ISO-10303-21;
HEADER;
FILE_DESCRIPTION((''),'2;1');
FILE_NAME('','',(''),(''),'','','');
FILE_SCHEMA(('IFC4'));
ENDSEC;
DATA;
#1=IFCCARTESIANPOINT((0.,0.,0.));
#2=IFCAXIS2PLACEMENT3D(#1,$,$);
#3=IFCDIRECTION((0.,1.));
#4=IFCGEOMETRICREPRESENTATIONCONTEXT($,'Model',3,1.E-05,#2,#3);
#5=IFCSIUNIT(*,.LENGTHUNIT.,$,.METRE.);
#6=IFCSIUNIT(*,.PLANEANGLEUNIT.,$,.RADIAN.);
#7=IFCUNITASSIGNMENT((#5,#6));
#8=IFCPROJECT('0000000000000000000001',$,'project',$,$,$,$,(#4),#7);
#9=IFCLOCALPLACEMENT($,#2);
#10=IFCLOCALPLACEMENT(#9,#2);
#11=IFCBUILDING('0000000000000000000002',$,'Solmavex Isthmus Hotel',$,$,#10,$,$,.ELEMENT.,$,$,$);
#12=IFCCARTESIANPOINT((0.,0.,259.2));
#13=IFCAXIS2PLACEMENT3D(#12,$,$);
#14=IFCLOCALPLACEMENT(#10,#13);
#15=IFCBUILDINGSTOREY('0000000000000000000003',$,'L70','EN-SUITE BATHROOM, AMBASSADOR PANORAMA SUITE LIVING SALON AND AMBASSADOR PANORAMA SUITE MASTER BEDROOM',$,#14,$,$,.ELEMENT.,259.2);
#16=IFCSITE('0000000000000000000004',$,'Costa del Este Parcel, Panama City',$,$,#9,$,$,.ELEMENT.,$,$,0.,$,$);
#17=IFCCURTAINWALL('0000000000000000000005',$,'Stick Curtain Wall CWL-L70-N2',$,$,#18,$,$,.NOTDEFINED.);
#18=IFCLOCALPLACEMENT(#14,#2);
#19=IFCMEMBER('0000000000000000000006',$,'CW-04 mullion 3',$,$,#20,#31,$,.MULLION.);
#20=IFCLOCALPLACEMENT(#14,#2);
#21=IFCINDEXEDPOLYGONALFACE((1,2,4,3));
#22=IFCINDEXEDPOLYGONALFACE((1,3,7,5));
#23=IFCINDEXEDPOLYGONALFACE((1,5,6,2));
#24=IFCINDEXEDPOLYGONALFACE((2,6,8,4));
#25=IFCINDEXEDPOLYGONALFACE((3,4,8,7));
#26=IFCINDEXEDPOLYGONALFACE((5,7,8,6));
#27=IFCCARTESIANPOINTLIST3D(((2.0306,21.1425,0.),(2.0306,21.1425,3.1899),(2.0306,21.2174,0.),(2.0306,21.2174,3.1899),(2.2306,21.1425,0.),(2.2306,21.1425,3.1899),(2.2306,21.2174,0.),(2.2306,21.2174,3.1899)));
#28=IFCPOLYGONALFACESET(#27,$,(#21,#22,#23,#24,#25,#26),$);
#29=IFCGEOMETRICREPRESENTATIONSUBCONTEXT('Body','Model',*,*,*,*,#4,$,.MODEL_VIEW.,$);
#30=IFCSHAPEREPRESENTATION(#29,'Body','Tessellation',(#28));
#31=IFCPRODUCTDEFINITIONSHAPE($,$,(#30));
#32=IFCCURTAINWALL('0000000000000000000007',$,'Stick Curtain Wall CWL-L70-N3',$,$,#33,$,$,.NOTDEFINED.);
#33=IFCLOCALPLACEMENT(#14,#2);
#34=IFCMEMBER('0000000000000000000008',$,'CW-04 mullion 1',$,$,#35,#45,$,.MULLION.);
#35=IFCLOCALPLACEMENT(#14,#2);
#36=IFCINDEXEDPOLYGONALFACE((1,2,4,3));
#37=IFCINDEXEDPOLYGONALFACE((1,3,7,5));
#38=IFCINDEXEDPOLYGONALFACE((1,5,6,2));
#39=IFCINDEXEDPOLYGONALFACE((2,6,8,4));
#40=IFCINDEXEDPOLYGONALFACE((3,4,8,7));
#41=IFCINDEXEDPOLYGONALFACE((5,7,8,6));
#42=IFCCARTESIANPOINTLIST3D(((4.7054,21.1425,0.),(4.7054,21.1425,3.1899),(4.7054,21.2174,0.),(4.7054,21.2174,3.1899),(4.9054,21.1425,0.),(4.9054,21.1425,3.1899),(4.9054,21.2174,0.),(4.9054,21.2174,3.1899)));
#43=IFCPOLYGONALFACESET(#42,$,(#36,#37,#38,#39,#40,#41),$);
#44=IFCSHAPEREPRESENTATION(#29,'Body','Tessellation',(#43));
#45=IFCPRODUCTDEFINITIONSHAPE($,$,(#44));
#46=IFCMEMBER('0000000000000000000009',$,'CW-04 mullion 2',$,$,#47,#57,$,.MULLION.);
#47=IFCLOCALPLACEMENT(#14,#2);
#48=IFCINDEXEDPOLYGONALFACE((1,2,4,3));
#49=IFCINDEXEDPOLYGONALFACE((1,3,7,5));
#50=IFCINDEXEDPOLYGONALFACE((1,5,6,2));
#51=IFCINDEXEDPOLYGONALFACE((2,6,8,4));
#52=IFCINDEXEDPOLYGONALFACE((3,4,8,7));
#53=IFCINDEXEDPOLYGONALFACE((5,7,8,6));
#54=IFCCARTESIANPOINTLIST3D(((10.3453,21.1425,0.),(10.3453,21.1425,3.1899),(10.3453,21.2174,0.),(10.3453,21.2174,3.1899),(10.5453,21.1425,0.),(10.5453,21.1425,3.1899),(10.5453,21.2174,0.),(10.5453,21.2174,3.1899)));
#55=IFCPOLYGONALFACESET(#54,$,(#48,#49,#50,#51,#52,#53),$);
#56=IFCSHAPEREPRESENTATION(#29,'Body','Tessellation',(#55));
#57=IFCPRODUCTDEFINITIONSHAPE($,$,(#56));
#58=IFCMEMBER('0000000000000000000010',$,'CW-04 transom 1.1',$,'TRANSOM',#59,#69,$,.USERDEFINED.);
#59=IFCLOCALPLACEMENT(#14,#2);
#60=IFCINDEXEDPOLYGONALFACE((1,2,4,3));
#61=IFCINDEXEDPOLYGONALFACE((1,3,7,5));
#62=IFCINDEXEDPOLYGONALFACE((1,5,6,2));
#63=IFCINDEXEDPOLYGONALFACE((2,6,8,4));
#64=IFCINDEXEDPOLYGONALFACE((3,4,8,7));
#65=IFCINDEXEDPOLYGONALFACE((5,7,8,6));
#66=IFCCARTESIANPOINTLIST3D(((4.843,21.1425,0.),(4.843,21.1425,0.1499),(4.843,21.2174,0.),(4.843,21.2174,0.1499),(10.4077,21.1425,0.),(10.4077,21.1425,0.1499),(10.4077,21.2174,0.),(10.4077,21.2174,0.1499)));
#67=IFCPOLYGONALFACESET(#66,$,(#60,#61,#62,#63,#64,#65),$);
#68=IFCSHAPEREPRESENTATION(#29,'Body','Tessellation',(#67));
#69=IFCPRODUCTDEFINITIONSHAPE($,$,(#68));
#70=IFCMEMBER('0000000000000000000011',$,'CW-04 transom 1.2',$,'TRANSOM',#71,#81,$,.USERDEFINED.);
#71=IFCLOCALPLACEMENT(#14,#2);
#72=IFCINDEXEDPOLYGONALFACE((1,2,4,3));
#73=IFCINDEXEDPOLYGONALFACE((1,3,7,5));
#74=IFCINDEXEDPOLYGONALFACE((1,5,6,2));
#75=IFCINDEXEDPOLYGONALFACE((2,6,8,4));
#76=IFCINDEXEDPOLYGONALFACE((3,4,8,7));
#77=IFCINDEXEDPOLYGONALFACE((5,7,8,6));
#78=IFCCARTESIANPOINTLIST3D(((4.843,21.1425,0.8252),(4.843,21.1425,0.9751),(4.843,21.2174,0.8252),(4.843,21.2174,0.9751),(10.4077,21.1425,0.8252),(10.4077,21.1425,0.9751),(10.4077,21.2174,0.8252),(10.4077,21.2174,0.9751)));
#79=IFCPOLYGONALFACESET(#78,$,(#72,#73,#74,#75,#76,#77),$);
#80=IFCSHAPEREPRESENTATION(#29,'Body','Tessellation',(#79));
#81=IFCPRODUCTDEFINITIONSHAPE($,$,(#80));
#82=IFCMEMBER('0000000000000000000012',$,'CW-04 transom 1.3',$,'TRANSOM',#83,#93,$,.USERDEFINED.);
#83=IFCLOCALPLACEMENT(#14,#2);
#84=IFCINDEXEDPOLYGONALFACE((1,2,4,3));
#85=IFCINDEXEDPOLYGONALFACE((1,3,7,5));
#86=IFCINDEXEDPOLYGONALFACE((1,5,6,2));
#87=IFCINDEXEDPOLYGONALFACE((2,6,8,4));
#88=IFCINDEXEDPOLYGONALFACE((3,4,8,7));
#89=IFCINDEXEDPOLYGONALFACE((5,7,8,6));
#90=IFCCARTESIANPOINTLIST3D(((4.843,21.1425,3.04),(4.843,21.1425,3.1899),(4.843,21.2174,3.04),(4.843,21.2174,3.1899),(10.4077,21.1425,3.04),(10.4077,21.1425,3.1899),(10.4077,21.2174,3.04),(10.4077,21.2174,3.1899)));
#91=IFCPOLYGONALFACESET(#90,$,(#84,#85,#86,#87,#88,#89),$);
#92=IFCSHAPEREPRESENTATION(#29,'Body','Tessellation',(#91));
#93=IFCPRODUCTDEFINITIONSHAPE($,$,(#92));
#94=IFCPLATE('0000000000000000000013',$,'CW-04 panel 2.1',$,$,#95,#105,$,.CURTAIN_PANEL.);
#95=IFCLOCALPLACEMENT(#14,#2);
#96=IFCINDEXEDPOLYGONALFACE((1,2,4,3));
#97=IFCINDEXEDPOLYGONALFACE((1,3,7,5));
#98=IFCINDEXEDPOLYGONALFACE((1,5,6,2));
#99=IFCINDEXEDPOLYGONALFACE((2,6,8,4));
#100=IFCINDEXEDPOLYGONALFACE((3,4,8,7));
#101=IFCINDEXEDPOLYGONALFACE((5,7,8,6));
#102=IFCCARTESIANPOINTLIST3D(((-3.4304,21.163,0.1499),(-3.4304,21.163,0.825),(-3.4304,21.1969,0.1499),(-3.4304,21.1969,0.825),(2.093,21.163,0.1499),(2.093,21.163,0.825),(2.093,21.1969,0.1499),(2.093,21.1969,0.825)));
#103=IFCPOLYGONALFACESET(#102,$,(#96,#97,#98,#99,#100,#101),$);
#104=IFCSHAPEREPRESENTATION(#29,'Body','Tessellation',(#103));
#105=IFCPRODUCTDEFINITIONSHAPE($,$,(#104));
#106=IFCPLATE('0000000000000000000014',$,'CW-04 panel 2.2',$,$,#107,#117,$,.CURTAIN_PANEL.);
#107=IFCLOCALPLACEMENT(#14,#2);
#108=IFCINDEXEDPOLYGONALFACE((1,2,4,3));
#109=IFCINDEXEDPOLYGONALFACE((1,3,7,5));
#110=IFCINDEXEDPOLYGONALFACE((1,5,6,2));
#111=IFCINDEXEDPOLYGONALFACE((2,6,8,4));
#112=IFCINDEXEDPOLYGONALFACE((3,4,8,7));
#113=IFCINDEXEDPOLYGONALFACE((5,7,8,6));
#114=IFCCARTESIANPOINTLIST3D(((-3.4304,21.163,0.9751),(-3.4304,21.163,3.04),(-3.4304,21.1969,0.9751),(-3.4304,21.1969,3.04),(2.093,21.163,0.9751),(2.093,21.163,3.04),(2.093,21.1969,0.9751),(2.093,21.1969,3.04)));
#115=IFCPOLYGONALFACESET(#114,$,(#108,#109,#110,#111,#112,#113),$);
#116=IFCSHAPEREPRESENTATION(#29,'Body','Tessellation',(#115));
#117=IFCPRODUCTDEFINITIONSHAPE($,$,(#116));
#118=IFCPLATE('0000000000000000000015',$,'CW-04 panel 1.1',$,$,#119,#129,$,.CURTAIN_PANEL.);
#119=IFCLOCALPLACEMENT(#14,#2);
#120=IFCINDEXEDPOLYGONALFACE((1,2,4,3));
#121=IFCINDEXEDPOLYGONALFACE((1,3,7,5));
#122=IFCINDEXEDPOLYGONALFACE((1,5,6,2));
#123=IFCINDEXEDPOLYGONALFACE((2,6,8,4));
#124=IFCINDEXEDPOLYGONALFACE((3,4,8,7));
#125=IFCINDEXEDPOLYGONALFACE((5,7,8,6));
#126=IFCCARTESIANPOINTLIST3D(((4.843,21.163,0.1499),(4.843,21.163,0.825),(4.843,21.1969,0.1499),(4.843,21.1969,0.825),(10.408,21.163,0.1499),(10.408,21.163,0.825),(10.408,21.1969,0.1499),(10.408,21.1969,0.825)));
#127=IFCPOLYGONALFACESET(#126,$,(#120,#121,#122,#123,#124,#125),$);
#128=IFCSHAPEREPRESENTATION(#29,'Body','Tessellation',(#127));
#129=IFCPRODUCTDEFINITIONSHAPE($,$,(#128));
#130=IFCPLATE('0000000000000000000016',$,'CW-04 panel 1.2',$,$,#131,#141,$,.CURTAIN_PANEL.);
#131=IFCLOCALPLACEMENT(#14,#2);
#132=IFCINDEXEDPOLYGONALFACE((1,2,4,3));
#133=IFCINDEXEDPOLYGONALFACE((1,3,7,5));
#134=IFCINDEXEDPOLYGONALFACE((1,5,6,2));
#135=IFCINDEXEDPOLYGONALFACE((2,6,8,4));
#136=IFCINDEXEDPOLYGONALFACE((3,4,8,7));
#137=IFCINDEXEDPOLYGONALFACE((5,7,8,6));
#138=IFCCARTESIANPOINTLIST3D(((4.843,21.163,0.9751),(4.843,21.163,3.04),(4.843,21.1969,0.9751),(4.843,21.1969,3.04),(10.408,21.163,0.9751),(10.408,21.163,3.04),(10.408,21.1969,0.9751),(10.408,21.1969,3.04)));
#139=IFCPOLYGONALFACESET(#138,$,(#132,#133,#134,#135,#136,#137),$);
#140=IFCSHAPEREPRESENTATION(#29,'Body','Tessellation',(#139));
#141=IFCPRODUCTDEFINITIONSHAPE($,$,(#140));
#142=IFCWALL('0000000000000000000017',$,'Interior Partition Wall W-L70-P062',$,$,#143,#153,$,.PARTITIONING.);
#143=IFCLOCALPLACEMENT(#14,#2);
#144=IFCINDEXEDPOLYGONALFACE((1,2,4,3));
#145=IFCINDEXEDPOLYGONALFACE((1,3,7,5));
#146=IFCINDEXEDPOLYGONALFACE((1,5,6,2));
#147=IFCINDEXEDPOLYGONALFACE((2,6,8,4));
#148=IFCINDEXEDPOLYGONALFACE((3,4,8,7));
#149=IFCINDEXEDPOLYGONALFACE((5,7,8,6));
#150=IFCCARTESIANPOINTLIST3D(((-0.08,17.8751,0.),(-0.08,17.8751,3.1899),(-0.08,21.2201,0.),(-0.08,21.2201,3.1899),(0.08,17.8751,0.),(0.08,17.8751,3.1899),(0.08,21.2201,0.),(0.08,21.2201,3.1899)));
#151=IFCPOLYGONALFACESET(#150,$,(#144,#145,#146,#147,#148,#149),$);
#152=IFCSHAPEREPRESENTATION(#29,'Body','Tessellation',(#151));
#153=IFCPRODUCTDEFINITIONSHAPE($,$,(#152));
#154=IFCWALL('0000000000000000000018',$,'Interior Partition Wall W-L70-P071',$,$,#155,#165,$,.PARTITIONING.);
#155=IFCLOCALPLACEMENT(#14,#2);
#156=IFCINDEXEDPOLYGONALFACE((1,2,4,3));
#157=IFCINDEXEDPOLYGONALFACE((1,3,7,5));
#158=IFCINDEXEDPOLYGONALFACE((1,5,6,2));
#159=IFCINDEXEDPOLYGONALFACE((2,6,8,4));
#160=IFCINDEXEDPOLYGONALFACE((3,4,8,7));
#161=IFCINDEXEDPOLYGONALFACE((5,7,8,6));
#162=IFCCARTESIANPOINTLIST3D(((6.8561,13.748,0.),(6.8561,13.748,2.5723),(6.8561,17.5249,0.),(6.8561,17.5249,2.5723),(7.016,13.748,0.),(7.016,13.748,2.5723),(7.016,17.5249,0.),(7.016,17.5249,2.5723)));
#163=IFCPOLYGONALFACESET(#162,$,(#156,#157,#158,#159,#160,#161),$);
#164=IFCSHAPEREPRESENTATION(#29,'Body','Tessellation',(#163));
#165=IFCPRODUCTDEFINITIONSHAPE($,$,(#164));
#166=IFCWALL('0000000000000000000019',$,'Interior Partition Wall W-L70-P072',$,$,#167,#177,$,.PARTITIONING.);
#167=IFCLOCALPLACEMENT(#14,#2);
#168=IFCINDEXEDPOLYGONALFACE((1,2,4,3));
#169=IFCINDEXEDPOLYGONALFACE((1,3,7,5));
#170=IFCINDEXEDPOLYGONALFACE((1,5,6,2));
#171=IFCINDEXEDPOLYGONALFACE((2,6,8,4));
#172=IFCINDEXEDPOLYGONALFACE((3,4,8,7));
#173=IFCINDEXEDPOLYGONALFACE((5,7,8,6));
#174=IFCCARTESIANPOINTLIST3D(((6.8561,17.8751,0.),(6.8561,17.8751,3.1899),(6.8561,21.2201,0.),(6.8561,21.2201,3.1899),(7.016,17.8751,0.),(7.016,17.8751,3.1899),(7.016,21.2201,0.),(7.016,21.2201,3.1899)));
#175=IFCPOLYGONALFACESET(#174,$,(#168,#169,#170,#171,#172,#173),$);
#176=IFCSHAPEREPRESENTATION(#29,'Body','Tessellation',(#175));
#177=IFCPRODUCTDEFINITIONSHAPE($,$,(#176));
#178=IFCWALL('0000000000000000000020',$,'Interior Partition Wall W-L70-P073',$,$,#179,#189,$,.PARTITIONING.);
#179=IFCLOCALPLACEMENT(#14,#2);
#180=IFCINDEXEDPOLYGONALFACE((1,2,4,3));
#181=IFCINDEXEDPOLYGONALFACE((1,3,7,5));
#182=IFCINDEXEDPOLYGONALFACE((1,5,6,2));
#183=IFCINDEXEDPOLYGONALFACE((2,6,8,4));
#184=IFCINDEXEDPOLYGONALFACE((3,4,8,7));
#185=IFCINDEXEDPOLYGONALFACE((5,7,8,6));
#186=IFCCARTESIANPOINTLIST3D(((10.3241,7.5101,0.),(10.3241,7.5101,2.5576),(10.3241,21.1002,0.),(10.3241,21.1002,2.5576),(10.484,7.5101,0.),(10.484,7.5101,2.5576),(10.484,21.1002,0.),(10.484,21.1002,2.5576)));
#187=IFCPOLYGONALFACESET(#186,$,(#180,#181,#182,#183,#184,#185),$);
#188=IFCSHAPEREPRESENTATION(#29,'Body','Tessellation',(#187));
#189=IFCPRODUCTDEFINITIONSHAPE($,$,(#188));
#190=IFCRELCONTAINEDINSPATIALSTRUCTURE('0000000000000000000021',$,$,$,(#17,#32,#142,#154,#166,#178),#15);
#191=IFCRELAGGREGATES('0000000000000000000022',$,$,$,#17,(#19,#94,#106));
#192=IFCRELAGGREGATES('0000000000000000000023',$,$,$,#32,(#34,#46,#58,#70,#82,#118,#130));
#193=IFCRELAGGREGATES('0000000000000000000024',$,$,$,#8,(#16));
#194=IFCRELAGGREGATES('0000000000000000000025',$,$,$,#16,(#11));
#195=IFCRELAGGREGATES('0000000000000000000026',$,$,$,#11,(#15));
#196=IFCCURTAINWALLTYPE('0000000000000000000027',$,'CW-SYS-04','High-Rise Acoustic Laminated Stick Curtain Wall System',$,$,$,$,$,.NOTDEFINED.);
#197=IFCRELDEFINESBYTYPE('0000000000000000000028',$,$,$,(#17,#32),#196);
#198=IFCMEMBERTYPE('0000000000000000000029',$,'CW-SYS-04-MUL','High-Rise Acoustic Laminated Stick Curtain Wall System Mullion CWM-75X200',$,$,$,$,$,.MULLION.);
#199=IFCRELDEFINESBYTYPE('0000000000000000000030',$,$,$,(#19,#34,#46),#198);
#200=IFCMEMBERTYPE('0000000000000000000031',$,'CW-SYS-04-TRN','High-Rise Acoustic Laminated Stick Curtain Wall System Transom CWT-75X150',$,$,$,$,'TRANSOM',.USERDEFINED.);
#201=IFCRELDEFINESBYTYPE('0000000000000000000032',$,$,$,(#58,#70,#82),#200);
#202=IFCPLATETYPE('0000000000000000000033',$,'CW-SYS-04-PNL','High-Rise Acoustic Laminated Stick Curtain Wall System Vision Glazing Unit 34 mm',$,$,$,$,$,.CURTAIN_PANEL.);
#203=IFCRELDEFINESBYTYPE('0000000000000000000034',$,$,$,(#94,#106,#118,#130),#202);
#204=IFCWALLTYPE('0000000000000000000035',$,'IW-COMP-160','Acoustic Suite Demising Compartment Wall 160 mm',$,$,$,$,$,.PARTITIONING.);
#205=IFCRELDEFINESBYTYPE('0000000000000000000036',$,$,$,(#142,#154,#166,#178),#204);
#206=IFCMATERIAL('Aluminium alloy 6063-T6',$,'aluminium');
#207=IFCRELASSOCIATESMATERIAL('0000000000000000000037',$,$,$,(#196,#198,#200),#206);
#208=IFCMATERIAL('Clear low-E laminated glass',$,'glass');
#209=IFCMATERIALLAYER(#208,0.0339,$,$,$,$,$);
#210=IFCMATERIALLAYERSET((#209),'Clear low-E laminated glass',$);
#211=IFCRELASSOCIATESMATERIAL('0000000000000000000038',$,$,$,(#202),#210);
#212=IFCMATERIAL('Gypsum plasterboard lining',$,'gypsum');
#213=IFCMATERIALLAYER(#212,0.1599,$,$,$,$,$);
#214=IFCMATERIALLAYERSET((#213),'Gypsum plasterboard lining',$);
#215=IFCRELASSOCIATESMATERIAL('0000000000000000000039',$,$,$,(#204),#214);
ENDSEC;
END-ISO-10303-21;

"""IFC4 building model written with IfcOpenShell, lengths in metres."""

from ifc_helpers import new_model, si_unit, direction, frame, frame_2d, origin, origin_2d, place, context, subcontext, project, spatial, rectangle, extrude, material, layer, layer_set, material_profile, profile_set, type_object, element, aggregate, save


model = new_model("IFC4")

# Units and contexts
model_context = context("Model", 3, precision=1e-05, world=origin(), true_north=direction((0.0, 1.0)))
body_context = subcontext(model_context, "Body", "Model", "MODEL_VIEW")
ifc_project = project(units=[si_unit("LENGTHUNIT", "METRE"), si_unit("PLANEANGLEUNIT", "RADIAN")], contexts=[model_context])

# Site, building, storey
site_placement = place(None, origin())
site = spatial("IfcSite", under=ifc_project, at=site_placement, Name="Costa del Este Parcel, Panama City", CompositionType="ELEMENT", RefElevation=0.0)
building_placement = place(site_placement, origin())
building = spatial("IfcBuilding", under=site, at=building_placement, Name="Solmavex Isthmus Hotel", CompositionType="ELEMENT")
storey_placement = place(building_placement, frame((0.0, 0.0, 259.2)))
storey = spatial("IfcBuildingStorey", under=building, at=storey_placement, Name="L70", Description="EN-SUITE BATHROOM, AMBASSADOR PANORAMA SUITE LIVING SALON AND AMBASSADOR PANORAMA SUITE MASTER BEDROOM", CompositionType="ELEMENT", Elevation=259.2)

# Curtain wall, member
ifc_material_1 = material(Name="Aluminium alloy 6063-T6", Category="aluminium")
curtain_wall_type = type_object("IfcCurtainWallType", Name="CW-SYS-04", Description="High-Rise Acoustic Laminated Stick Curtain Wall System", PredefinedType="NOTDEFINED", material=ifc_material_1)
curtain_wall_1_placement = place(storey_placement, origin())
curtain_wall_1 = element("IfcCurtainWall", 1, at=curtain_wall_1_placement, inside=storey, type_object=curtain_wall_type, Name="Stick Curtain Wall CWL-L70-N2", PredefinedType="NOTDEFINED")
ifc_material_profile_1 = material_profile(ifc_material_1, rectangle(XDim=0.075, YDim=0.2, at=origin_2d()), Name="CWM-75X200")
ifc_profile_set_1 = profile_set([ifc_material_profile_1], Name="Aluminium alloy 6063-T6")
member_type_1 = type_object("IfcMemberType", Name="CW-SYS-04-MUL", Description="High-Rise Acoustic Laminated Stick Curtain Wall System Mullion CWM-75X200", PredefinedType="MULLION", material=ifc_profile_set_1)
member_1_placement = place(storey_placement, frame((2.1306, 21.1799, 0.0), z_axis=(0.0, 0.0, 1.0), x_axis=(0.0, 1.0, 0.0)))
member_1 = element("IfcMember", 2, at=member_1_placement, type_object=member_type_1, Name="CW-04 mullion 3", PredefinedType="MULLION", context=body_context, shape_type="SweptSolid", body=[
    extrude(rectangle(XDim=0.075, YDim=0.2, at=origin_2d()), origin(), (0.0, 0.0, 1.0), 3.1899),
])

# Curtain wall, members
curtain_wall_2_placement = place(storey_placement, origin())
curtain_wall_2 = element("IfcCurtainWall", 3, at=curtain_wall_2_placement, inside=storey, type_object=curtain_wall_type, Name="Stick Curtain Wall CWL-L70-N3", PredefinedType="NOTDEFINED")
member_2_placement = place(storey_placement, frame((4.8054, 21.1799, 0.0), z_axis=(0.0, 0.0, 1.0), x_axis=(0.0, 1.0, 0.0)))
member_2 = element("IfcMember", 4, at=member_2_placement, type_object=member_type_1, Name="CW-04 mullion 1", PredefinedType="MULLION", context=body_context, shape_type="SweptSolid", body=[
    extrude(rectangle(XDim=0.075, YDim=0.2, at=origin_2d()), origin(), (0.0, 0.0, 1.0), 3.1899),
])
member_3_placement = place(storey_placement, frame((10.4453, 21.1799, 0.0), z_axis=(0.0, 0.0, 1.0), x_axis=(0.0, 1.0, 0.0)))
member_3 = element("IfcMember", 5, at=member_3_placement, type_object=member_type_1, Name="CW-04 mullion 2", PredefinedType="MULLION", context=body_context, shape_type="SweptSolid", body=[
    extrude(rectangle(XDim=0.075, YDim=0.2, at=origin_2d()), origin(), (0.0, 0.0, 1.0), 3.1899),
])
ifc_material_profile_2 = material_profile(ifc_material_1, rectangle(XDim=0.075, YDim=0.1499, at=origin_2d()), Name="CWT-75X150")
ifc_profile_set_2 = profile_set([ifc_material_profile_2], Name="Aluminium alloy 6063-T6")
member_type_2 = type_object("IfcMemberType", Name="CW-SYS-04-TRN", Description="High-Rise Acoustic Laminated Stick Curtain Wall System Transom CWT-75X150", ElementType="TRANSOM", PredefinedType="USERDEFINED", material=ifc_profile_set_2)
member_4_placement = place(storey_placement, frame((4.843, 21.1799, 0.075), z_axis=(1.0, 0.0, 0.0), x_axis=(0.0, 1.0, 0.0)))
member_4 = element("IfcMember", 6, at=member_4_placement, type_object=member_type_2, Name="CW-04 transom 1.1", ObjectType="TRANSOM", PredefinedType="USERDEFINED", context=body_context, shape_type="SweptSolid", body=[
    extrude(rectangle(XDim=0.075, YDim=0.1499, at=origin_2d()), origin(), (0.0, 0.0, 1.0), 5.5647),
])
member_5_placement = place(storey_placement, frame((4.843, 21.1799, 0.9001), z_axis=(1.0, 0.0, 0.0), x_axis=(0.0, 1.0, 0.0)))
member_5 = element("IfcMember", 7, at=member_5_placement, type_object=member_type_2, Name="CW-04 transom 1.2", ObjectType="TRANSOM", PredefinedType="USERDEFINED", context=body_context, shape_type="SweptSolid", body=[
    extrude(rectangle(XDim=0.075, YDim=0.1499, at=origin_2d()), origin(), (0.0, 0.0, 1.0), 5.5647),
])
member_6_placement = place(storey_placement, frame((4.843, 21.1799, 3.115), z_axis=(1.0, 0.0, 0.0), x_axis=(0.0, 1.0, 0.0)))
member_6 = element("IfcMember", 8, at=member_6_placement, type_object=member_type_2, Name="CW-04 transom 1.3", ObjectType="TRANSOM", PredefinedType="USERDEFINED", context=body_context, shape_type="SweptSolid", body=[
    extrude(rectangle(XDim=0.075, YDim=0.1499, at=origin_2d()), origin(), (0.0, 0.0, 1.0), 5.5647),
])

# Plates
ifc_material_2 = material(Name="Clear low-E laminated glass", Category="glass")
ifc_layer_1 = layer(ifc_material_2, 0.0339)
ifc_layer_set_1 = layer_set([ifc_layer_1], Name="Clear low-E laminated glass")
plate_type = type_object("IfcPlateType", Name="CW-SYS-04-PNL", Description="High-Rise Acoustic Laminated Stick Curtain Wall System Vision Glazing Unit 34 mm", PredefinedType="CURTAIN_PANEL", material=ifc_layer_set_1)
plate_1_placement = place(storey_placement, frame((-0.6687, 21.1799, 0.1499), z_axis=(0.0, 0.0, 1.0), x_axis=(1.0, 0.0, 0.0)))
plate_1 = element("IfcPlate", 9, at=plate_1_placement, type_object=plate_type, Name="CW-04 panel 2.1", PredefinedType="CURTAIN_PANEL", context=body_context, shape_type="SweptSolid", body=[
    extrude(rectangle(XDim=5.5234, YDim=0.0339, at=origin_2d()), origin(), (0.0, 0.0, 1.0), 0.675),
])
plate_2_placement = place(storey_placement, frame((-0.6687, 21.1799, 0.9751), z_axis=(0.0, 0.0, 1.0), x_axis=(1.0, 0.0, 0.0)))
plate_2 = element("IfcPlate", 10, at=plate_2_placement, type_object=plate_type, Name="CW-04 panel 2.2", PredefinedType="CURTAIN_PANEL", context=body_context, shape_type="SweptSolid", body=[
    extrude(rectangle(XDim=5.5234, YDim=0.0339, at=origin_2d()), origin(), (0.0, 0.0, 1.0), 2.0649),
])
aggregate(curtain_wall_1, [member_1, plate_1, plate_2])
plate_3_placement = place(storey_placement, frame((7.6255, 21.1799, 0.1499), z_axis=(0.0, 0.0, 1.0), x_axis=(1.0, 0.0, 0.0)))
plate_3 = element("IfcPlate", 11, at=plate_3_placement, type_object=plate_type, Name="CW-04 panel 1.1", PredefinedType="CURTAIN_PANEL", context=body_context, shape_type="SweptSolid", body=[
    extrude(rectangle(XDim=5.5649, YDim=0.0339, at=origin_2d()), origin(), (0.0, 0.0, 1.0), 0.675),
])
plate_4_placement = place(storey_placement, frame((7.6255, 21.1799, 0.9751), z_axis=(0.0, 0.0, 1.0), x_axis=(1.0, 0.0, 0.0)))
plate_4 = element("IfcPlate", 12, at=plate_4_placement, type_object=plate_type, Name="CW-04 panel 1.2", PredefinedType="CURTAIN_PANEL", context=body_context, shape_type="SweptSolid", body=[
    extrude(rectangle(XDim=5.5649, YDim=0.0339, at=origin_2d()), origin(), (0.0, 0.0, 1.0), 2.0649),
])
aggregate(curtain_wall_2, [member_2, member_3, member_4, member_5, member_6, plate_3, plate_4])

# Walls
ifc_material_3 = material(Name="Gypsum plasterboard lining", Category="gypsum")
ifc_layer_2 = layer(ifc_material_3, 0.1599)
ifc_layer_set_2 = layer_set([ifc_layer_2], Name="Gypsum plasterboard lining")
wall_type_1 = type_object("IfcWallType", Name="IW-COMP-160", Description="Acoustic Suite Demising Compartment Wall 160 mm", PredefinedType="PARTITIONING", material=ifc_layer_set_2)
wall_1_placement = place(storey_placement, frame((0.0, 21.22, 0.0), z_axis=(0.0, 0.0, 1.0), x_axis=(0.0, -1.0, 0.0)))
element("IfcWall", 13, at=wall_1_placement, inside=storey, type_object=wall_type_1, Name="Interior Partition Wall W-L70-P062", PredefinedType="PARTITIONING", context=body_context, shape_type="SweptSolid", body=[
    extrude(rectangle(XDim=3.345, YDim=0.1599, at=frame_2d((1.6724, 0.0))), origin(), (0.0, 0.0, 1.0), 3.1899),
])
wall_2_placement = place(storey_placement, frame((6.936, 17.5249, 0.0), z_axis=(0.0, 0.0, 1.0), x_axis=(0.0, -1.0, 0.0)))
element("IfcWall", 14, at=wall_2_placement, inside=storey, type_object=wall_type_1, Name="Interior Partition Wall W-L70-P071", PredefinedType="PARTITIONING", context=body_context, shape_type="SweptSolid", body=[
    extrude(rectangle(XDim=3.7769, YDim=0.1599, at=frame_2d((1.8884, 0.0))), origin(), (0.0, 0.0, 1.0), 2.5723),
])
wall_3_placement = place(storey_placement, frame((6.936, 21.22, 0.0), z_axis=(0.0, 0.0, 1.0), x_axis=(0.0, -1.0, 0.0)))
element("IfcWall", 15, at=wall_3_placement, inside=storey, type_object=wall_type_1, Name="Interior Partition Wall W-L70-P072", PredefinedType="PARTITIONING", context=body_context, shape_type="SweptSolid", body=[
    extrude(rectangle(XDim=3.345, YDim=0.1599, at=frame_2d((1.6724, 0.0))), origin(), (0.0, 0.0, 1.0), 3.1899),
])
wall_4_placement = place(storey_placement, frame((10.4041, 21.1001, 0.0), z_axis=(0.0, 0.0, 1.0), x_axis=(0.0, -1.0, 0.0)))
element("IfcWall", 16, at=wall_4_placement, inside=storey, type_object=wall_type_1, Name="Interior Partition Wall W-L70-P073", PredefinedType="PARTITIONING", context=body_context, shape_type="SweptSolid", body=[
    extrude(rectangle(XDim=13.5901, YDim=0.1599, at=frame_2d((6.7949, 0.0))), origin(), (0.0, 0.0, 1.0), 2.5576),
])

save(model, "model.ifc")
